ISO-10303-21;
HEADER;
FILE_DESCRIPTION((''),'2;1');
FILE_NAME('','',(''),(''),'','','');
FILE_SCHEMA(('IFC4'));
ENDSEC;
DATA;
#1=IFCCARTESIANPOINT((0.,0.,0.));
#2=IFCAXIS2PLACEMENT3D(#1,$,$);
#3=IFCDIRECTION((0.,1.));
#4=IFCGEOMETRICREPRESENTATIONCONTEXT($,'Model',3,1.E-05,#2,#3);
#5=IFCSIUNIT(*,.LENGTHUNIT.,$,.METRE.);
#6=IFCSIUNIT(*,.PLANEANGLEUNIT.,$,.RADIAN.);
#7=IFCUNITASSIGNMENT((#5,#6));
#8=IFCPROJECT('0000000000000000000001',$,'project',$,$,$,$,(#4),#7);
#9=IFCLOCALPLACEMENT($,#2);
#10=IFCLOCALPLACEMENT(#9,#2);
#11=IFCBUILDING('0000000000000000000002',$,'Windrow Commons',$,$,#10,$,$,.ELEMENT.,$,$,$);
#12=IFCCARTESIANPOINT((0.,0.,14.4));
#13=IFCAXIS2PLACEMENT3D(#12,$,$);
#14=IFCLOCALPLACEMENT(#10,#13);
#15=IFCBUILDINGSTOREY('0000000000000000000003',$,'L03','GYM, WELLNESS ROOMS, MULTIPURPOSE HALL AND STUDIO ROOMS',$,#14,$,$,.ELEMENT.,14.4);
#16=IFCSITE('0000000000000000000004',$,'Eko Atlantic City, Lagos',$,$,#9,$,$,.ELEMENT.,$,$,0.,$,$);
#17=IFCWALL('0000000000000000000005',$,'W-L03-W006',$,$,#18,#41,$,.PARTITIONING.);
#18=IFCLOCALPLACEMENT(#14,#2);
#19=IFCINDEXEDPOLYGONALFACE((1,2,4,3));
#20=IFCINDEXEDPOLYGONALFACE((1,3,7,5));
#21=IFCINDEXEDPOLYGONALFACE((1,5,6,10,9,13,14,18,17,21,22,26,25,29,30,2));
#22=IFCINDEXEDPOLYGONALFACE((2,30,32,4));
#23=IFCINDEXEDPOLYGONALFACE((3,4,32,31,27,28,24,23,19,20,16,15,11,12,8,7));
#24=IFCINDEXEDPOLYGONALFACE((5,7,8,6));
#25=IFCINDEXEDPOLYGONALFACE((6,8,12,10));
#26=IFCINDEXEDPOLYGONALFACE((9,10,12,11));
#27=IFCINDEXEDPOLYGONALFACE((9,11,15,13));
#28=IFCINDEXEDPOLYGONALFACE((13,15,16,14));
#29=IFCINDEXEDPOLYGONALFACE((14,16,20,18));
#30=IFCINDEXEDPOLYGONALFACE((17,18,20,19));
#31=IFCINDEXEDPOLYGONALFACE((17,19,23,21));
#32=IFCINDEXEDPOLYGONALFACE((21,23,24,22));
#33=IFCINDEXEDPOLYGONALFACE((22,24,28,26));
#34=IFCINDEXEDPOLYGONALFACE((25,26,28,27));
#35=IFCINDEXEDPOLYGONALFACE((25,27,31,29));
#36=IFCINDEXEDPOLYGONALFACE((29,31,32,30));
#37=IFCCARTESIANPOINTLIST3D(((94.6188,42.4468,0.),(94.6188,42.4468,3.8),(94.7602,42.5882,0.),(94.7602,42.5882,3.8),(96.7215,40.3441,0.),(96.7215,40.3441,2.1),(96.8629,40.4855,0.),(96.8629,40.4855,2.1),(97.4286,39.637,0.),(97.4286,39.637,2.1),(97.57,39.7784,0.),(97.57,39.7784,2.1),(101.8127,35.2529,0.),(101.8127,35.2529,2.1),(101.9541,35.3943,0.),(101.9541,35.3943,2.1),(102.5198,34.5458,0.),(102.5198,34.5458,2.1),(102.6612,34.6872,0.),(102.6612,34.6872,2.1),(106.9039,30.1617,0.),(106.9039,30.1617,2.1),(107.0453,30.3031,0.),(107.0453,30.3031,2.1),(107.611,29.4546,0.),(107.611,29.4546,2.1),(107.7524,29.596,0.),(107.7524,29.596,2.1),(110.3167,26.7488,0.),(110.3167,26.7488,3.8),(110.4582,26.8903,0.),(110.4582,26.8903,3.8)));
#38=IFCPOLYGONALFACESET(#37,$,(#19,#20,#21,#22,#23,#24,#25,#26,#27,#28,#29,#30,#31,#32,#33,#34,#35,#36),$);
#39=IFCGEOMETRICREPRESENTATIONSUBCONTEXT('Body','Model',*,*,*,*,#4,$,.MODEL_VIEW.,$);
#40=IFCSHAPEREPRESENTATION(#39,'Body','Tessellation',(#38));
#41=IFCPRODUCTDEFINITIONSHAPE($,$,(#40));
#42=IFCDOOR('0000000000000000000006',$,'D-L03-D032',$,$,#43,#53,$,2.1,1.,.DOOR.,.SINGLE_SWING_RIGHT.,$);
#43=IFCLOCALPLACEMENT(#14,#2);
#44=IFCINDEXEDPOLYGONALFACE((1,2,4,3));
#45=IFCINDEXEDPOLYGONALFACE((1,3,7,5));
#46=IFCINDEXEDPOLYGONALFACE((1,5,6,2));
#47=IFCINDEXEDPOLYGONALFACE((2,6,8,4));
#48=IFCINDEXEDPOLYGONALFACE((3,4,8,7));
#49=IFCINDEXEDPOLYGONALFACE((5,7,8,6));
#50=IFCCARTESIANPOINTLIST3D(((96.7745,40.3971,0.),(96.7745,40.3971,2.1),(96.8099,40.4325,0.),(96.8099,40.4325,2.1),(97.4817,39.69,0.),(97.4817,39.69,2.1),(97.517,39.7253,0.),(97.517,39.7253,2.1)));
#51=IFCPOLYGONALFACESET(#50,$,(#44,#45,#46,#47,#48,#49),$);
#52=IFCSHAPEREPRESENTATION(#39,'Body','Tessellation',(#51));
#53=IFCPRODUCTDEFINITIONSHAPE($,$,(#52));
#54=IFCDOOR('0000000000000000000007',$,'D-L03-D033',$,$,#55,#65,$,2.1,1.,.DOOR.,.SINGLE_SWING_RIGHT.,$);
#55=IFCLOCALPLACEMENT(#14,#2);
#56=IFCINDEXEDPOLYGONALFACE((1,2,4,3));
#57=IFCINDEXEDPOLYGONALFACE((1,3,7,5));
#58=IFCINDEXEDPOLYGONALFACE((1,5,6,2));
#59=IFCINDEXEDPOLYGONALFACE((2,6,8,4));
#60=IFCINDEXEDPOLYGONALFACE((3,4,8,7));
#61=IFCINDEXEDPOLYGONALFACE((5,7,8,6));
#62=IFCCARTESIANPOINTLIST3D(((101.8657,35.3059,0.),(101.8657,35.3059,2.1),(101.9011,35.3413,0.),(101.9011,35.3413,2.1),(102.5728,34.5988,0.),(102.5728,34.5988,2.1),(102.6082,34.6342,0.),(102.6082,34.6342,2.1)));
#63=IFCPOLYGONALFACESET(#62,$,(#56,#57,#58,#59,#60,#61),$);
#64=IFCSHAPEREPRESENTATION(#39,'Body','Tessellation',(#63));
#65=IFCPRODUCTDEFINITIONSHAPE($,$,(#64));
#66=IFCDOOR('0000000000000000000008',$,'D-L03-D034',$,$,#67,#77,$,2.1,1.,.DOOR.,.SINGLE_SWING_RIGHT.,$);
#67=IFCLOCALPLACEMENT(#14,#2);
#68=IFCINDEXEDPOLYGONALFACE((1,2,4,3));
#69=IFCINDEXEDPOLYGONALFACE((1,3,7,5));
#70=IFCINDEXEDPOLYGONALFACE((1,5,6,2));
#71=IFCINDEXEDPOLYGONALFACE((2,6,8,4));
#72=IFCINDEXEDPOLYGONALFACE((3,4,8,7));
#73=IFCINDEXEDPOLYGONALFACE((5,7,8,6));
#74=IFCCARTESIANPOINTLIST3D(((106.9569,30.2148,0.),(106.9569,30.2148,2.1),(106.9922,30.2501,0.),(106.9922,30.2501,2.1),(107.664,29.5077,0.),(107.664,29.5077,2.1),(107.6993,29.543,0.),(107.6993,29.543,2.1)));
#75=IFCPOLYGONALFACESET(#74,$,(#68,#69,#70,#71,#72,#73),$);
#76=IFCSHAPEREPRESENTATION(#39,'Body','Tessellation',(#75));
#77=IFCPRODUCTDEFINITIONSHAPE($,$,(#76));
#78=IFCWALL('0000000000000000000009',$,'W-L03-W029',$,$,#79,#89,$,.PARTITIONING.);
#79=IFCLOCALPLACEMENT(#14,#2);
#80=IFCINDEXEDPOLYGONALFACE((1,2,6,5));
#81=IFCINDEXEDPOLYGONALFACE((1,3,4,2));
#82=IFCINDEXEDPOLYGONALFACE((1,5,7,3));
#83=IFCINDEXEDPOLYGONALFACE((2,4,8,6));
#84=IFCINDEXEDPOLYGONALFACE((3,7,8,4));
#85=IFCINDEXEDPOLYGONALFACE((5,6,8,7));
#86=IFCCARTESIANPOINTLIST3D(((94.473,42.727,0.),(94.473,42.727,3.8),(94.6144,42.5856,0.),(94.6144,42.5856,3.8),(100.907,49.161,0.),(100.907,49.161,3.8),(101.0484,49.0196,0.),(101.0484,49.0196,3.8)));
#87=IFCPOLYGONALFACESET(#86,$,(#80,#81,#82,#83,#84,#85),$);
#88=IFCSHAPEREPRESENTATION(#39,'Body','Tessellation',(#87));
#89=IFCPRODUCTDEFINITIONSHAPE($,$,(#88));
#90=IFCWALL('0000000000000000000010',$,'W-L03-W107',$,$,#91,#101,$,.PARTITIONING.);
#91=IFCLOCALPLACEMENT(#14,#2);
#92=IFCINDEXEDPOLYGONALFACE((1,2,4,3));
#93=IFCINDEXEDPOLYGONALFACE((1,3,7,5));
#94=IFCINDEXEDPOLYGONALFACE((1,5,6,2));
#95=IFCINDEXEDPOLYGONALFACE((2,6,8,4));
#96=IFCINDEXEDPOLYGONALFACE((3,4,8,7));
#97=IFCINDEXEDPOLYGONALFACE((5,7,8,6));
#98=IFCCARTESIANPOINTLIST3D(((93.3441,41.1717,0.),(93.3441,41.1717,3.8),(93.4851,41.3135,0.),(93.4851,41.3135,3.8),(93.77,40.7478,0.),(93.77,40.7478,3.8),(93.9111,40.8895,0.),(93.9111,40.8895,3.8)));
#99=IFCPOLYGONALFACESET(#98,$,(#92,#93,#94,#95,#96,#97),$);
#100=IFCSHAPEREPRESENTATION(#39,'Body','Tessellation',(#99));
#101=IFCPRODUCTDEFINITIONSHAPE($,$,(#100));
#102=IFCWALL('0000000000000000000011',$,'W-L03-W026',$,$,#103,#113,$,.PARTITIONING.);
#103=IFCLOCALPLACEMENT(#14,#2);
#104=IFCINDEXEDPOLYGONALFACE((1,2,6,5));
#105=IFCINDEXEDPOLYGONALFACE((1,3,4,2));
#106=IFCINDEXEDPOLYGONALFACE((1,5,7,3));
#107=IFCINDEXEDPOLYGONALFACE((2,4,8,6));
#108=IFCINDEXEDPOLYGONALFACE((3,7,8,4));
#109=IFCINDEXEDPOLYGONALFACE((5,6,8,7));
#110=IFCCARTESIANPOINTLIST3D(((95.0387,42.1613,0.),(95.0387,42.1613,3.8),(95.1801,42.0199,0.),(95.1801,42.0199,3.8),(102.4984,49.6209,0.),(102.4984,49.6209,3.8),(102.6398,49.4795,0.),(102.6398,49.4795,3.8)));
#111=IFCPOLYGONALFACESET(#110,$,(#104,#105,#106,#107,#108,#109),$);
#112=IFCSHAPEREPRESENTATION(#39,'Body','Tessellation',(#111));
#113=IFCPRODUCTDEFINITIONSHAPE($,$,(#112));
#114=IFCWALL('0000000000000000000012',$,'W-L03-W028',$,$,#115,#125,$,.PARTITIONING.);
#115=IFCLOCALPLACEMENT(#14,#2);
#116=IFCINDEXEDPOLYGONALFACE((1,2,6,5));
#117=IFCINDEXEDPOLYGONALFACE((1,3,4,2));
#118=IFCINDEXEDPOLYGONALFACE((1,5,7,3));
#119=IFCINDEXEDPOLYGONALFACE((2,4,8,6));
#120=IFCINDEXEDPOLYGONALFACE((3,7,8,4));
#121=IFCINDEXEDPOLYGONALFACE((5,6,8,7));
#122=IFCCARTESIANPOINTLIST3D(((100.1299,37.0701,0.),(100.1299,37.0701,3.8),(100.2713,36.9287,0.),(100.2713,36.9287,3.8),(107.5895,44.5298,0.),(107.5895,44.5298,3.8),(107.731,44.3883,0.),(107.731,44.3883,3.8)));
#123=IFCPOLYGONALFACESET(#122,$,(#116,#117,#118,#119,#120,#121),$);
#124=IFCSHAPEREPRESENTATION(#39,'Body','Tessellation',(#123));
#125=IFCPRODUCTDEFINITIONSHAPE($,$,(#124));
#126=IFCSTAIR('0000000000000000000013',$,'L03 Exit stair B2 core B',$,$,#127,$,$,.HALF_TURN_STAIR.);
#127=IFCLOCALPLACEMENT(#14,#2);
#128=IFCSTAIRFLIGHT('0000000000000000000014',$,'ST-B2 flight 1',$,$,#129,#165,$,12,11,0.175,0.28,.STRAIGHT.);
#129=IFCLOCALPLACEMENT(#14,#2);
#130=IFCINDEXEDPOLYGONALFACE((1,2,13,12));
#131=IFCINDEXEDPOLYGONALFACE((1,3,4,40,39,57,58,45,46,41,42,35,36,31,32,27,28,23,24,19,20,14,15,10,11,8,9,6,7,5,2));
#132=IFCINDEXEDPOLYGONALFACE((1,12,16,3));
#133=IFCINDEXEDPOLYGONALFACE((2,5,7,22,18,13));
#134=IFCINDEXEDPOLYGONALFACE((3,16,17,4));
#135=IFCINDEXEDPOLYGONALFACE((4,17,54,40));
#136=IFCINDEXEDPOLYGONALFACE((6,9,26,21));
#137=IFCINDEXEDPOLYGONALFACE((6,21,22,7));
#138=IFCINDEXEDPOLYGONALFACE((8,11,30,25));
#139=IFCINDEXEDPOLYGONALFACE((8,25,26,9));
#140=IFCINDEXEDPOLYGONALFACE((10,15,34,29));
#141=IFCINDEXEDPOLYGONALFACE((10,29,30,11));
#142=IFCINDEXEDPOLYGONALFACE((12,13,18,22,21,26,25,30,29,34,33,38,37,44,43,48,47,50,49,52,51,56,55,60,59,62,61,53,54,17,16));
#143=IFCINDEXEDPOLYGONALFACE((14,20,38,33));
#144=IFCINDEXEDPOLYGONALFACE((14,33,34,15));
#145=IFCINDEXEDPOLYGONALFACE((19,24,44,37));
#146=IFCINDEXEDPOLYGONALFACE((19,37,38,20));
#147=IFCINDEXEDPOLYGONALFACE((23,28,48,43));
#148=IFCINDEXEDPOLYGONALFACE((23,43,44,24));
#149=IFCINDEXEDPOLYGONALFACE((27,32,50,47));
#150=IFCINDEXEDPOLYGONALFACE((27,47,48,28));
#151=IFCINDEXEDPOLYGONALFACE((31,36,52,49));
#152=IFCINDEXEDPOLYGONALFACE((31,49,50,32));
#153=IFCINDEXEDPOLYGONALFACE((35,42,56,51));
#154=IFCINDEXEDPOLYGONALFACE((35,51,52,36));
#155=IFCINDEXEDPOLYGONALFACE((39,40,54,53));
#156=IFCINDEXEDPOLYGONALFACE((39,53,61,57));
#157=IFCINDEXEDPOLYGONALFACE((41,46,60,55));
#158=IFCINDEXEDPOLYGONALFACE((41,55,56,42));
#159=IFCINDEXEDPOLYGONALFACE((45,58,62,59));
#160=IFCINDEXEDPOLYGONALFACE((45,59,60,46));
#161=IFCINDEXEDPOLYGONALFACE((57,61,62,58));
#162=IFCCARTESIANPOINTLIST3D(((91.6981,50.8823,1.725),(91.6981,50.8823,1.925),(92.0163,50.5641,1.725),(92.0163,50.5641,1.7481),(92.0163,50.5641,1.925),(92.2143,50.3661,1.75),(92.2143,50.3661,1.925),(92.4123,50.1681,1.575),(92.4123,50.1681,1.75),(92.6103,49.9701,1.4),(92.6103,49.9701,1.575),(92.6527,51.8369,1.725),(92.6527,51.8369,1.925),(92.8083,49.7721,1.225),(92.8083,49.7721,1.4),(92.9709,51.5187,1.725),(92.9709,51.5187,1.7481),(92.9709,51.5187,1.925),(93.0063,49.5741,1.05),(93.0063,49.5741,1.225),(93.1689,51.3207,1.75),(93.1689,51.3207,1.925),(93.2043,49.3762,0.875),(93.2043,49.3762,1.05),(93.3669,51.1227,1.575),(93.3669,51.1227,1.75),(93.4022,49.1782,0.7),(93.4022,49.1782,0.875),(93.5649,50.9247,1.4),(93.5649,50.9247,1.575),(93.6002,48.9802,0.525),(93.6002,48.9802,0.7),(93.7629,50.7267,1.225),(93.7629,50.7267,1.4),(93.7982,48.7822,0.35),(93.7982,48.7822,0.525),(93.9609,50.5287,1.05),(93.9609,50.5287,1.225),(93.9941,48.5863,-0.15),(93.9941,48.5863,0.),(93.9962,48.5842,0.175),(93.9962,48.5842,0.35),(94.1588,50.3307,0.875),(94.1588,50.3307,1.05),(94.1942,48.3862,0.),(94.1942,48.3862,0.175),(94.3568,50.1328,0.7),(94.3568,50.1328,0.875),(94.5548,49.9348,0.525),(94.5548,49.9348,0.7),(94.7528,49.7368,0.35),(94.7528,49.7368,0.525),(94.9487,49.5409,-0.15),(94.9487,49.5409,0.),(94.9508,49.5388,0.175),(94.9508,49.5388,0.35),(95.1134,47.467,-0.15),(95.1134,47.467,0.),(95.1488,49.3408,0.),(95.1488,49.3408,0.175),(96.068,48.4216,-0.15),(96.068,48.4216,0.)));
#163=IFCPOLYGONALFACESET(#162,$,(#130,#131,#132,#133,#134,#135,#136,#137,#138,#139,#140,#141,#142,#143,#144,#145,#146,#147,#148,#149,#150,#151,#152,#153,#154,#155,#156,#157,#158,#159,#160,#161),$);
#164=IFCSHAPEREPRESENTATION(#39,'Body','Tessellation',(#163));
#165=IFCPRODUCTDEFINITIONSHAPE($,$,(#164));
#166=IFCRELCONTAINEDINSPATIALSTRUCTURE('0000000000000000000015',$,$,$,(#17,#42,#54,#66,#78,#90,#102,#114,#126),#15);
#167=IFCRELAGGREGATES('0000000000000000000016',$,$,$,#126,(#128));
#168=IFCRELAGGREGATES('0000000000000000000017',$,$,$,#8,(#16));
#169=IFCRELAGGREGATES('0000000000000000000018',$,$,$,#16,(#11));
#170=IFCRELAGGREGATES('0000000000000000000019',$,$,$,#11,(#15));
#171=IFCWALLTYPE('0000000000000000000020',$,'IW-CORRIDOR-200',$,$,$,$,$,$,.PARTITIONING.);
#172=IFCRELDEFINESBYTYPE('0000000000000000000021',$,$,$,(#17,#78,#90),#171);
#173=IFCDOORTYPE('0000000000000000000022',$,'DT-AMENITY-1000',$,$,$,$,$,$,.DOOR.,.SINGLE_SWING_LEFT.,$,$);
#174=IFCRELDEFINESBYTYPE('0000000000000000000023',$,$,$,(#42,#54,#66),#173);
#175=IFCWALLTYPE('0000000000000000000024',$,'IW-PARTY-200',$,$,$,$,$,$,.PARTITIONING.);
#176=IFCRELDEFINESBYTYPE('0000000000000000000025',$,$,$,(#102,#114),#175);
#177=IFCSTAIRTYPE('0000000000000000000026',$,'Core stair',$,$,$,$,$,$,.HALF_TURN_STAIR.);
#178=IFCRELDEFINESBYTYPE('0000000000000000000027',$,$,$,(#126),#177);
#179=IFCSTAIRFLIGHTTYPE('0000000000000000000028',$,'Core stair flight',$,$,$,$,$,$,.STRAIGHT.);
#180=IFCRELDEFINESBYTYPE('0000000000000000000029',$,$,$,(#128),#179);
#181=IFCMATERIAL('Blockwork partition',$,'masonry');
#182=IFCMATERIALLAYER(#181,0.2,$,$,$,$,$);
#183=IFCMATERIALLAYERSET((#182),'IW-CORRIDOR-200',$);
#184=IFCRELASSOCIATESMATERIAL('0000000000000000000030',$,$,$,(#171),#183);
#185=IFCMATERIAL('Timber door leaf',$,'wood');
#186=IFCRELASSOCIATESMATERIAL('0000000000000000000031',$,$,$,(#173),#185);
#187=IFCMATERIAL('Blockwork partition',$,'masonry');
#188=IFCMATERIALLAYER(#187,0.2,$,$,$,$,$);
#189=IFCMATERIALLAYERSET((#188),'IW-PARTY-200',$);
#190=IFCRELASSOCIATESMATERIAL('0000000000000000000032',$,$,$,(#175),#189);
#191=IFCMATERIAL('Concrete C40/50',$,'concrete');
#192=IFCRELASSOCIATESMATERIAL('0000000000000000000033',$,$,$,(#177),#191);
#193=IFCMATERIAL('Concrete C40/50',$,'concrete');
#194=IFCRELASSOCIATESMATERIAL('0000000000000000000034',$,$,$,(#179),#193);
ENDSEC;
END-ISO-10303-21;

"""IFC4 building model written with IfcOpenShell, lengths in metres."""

from ifc_helpers import new_model, si_unit, direction, frame, frame_2d, origin, place, context, subcontext, project, spatial, polyline, rectangle, outline, extrude, material, layer, layer_set, type_object, element, fill, aggregate, save


model = new_model("IFC4")

# Units and contexts
model_context = context("Model", 3, precision=1e-05, world=origin(), true_north=direction((0.0, 1.0)))
body_context = subcontext(model_context, "Body", "Model", "MODEL_VIEW")
ifc_project = project(units=[si_unit("LENGTHUNIT", "METRE"), si_unit("PLANEANGLEUNIT", "RADIAN")], contexts=[model_context])

# Site, building, storey
site_placement = place(None, origin())
site = spatial("IfcSite", under=ifc_project, at=site_placement, Name="Eko Atlantic City, Lagos", CompositionType="ELEMENT", RefElevation=0.0)
building_placement = place(site_placement, origin())
building = spatial("IfcBuilding", under=site, at=building_placement, Name="Windrow Commons", CompositionType="ELEMENT")
storey_placement = place(building_placement, frame((0.0, 0.0, 14.4)))
storey = spatial("IfcBuildingStorey", under=building, at=storey_placement, Name="L03", Description="GYM, WELLNESS ROOMS, MULTIPURPOSE HALL AND STUDIO ROOMS", CompositionType="ELEMENT", Elevation=14.4)

# Wall, openings, doors
ifc_material_1 = material(Name="Blockwork partition", Category="masonry")
ifc_layer_1 = layer(ifc_material_1, 0.2)
ifc_layer_set_1 = layer_set([ifc_layer_1], Name="IW-CORRIDOR-200")
wall_type_1 = type_object("IfcWallType", Name="IW-CORRIDOR-200", PredefinedType="PARTITIONING", material=ifc_layer_set_1)
ifc_material_2 = material(Name="Timber door leaf", Category="wood")
door_type = type_object("IfcDoorType", Name="DT-AMENITY-1000", OperationType="SINGLE_SWING_LEFT", PredefinedType="DOOR", material=ifc_material_2)
wall_1_placement = place(storey_placement, frame((94.6895, 42.5175, 0.0), z_axis=(0.0, 0.0, 1.0), x_axis=(0.707107, -0.707107, 0.0)))
wall_1 = element("IfcWall", 1, at=wall_1_placement, inside=storey, type_object=wall_type_1, Name="W-L03-W006", PredefinedType="PARTITIONING", context=body_context, shape_type="SweptSolid", body=[
    extrude(rectangle(XDim=22.2003, YDim=0.2, at=frame_2d((11.1001, 0.0))), origin(), (0.0, 0.0, 1.0), 3.8),
])
opening_1_placement = place(wall_1_placement, frame((2.9737, 0.0, 0.0)))
opening_1 = element("IfcOpeningElement", 2, at=opening_1_placement, cuts=wall_1, PredefinedType="OPENING", context=body_context, shape_type="SweptSolid", body=[
    extrude(rectangle(XDim=1.0, YDim=2.1, at=frame_2d((0.5, 1.05))), frame((0.0, 0.11, 0.0), z_axis=(0.0, -1.0, 0.0), x_axis=(1.0, 0.0, 0.0)), (0.0, 0.0, 1.0), 0.22),
])
opening_2_placement = place(wall_1_placement, frame((10.1737, 0.0, 0.0)))
opening_2 = element("IfcOpeningElement", 3, at=opening_2_placement, cuts=wall_1, PredefinedType="OPENING", context=body_context, shape_type="SweptSolid", body=[
    extrude(rectangle(XDim=1.0, YDim=2.1, at=frame_2d((0.5, 1.05))), frame((0.0, 0.11, 0.0), z_axis=(0.0, -1.0, 0.0), x_axis=(1.0, 0.0, 0.0)), (0.0, 0.0, 1.0), 0.22),
])
opening_3_placement = place(wall_1_placement, frame((17.3737, 0.0, 0.0)))
opening_3 = element("IfcOpeningElement", 4, at=opening_3_placement, cuts=wall_1, PredefinedType="OPENING", context=body_context, shape_type="SweptSolid", body=[
    extrude(rectangle(XDim=1.0, YDim=2.1, at=frame_2d((0.5, 1.05))), frame((0.0, 0.11, 0.0), z_axis=(0.0, -1.0, 0.0), x_axis=(1.0, 0.0, 0.0)), (0.0, 0.0, 1.0), 0.22),
])
door_1_placement = place(opening_1_placement, origin())
door_1 = element("IfcDoor", 5, at=door_1_placement, inside=storey, type_object=door_type, Name="D-L03-D032", OperationType="SINGLE_SWING_RIGHT", OverallHeight=2.1, OverallWidth=1.0, PredefinedType="DOOR", context=body_context, shape_type="SweptSolid", body=[
    extrude(rectangle(XDim=1.0, YDim=2.1, at=frame_2d((0.5, 1.05))), frame((0.0, 0.025, 0.0), z_axis=(0.0, -1.0, 0.0), x_axis=(1.0, 0.0, 0.0)), (0.0, 0.0, 1.0), 0.05),
])
fill(opening_1, door_1)
door_2_placement = place(opening_2_placement, origin())
door_2 = element("IfcDoor", 6, at=door_2_placement, inside=storey, type_object=door_type, Name="D-L03-D033", OperationType="SINGLE_SWING_RIGHT", OverallHeight=2.1, OverallWidth=1.0, PredefinedType="DOOR", context=body_context, shape_type="SweptSolid", body=[
    extrude(rectangle(XDim=1.0, YDim=2.1, at=frame_2d((0.5, 1.05))), frame((0.0, 0.025, 0.0), z_axis=(0.0, -1.0, 0.0), x_axis=(1.0, 0.0, 0.0)), (0.0, 0.0, 1.0), 0.05),
])
fill(opening_2, door_2)
door_3_placement = place(opening_3_placement, origin())
door_3 = element("IfcDoor", 7, at=door_3_placement, inside=storey, type_object=door_type, Name="D-L03-D034", OperationType="SINGLE_SWING_RIGHT", OverallHeight=2.1, OverallWidth=1.0, PredefinedType="DOOR", context=body_context, shape_type="SweptSolid", body=[
    extrude(rectangle(XDim=1.0, YDim=2.1, at=frame_2d((0.5, 1.05))), frame((0.0, 0.025, 0.0), z_axis=(0.0, -1.0, 0.0), x_axis=(1.0, 0.0, 0.0)), (0.0, 0.0, 1.0), 0.05),
])
fill(opening_3, door_3)

# Walls
wall_2_placement = place(storey_placement, frame((94.5437, 42.6563, 0.0), z_axis=(0.0, 0.0, 1.0), x_axis=(0.707107, 0.707107, 0.0)))
element("IfcWall", 8, at=wall_2_placement, inside=storey, type_object=wall_type_1, Name="W-L03-W029", PredefinedType="PARTITIONING", context=body_context, shape_type="SweptSolid", body=[
    extrude(rectangle(XDim=9.0991, YDim=0.2, at=frame_2d((4.5495, 0.0))), origin(), (0.0, 0.0, 1.0), 3.8),
])
wall_3_placement = place(storey_placement, frame((93.4146, 41.2426, 0.0), z_axis=(0.0, 0.0, 1.0), x_axis=(0.708769, -0.705441, 0.0)))
element("IfcWall", 9, at=wall_3_placement, inside=storey, type_object=wall_type_1, Name="W-L03-W107", PredefinedType="PARTITIONING", context=body_context, shape_type="SweptSolid", body=[
    extrude(rectangle(XDim=0.601, YDim=0.2, at=frame_2d((0.3005, 0.0))), origin(), (0.0, 0.0, 1.0), 3.8),
])
ifc_material_3 = material(Name="Blockwork partition", Category="masonry")
ifc_layer_2 = layer(ifc_material_3, 0.2)
ifc_layer_set_2 = layer_set([ifc_layer_2], Name="IW-PARTY-200")
wall_type_2 = type_object("IfcWallType", Name="IW-PARTY-200", PredefinedType="PARTITIONING", material=ifc_layer_set_2)
for number, where, z_axis, x_axis, name in (
    (10, (95.1094, 42.0906, 0.0), (0.0, 0.0, 1.0), (0.707112, 0.707102, 0.0), "W-L03-W026"),
    (11, (100.2006, 36.9994, 0.0), (0.0, 0.0, 1.0), (0.707107, 0.707107, 0.0), "W-L03-W028"),
):
    element("IfcWall", number, at=place(storey_placement, frame(where, z_axis=z_axis, x_axis=x_axis)), inside=storey, type_object=wall_type_2, Name=name, PredefinedType="PARTITIONING", context=body_context, shape_type="SweptSolid", body=[
        extrude(rectangle(XDim=10.5495, YDim=0.2, at=frame_2d((5.2748, 0.0))), origin(), (0.0, 0.0, 1.0), 3.8),
    ])

# Stair, stair flight
ifc_material_4 = material(Name="Concrete C40/50", Category="concrete")
stair_type = type_object("IfcStairType", Name="Core stair", PredefinedType="HALF_TURN_STAIR", material=ifc_material_4)
stair_placement = place(storey_placement, origin())
stair = element("IfcStair", 12, at=stair_placement, inside=storey, type_object=stair_type, Name="L03 Exit stair B2 core B", PredefinedType="HALF_TURN_STAIR")
ifc_material_5 = material(Name="Concrete C40/50", Category="concrete")
stair_flight_type = type_object("IfcStairFlightType", Name="Core stair flight", PredefinedType="STRAIGHT", material=ifc_material_5)
stair_flight_placement = place(storey_placement, frame((94.6715, 48.8635, 0.0), z_axis=(0.0, 0.0, 1.0), x_axis=(-0.707107, 0.707107, 0.0)))
stair_flight = element("IfcStairFlight", 13, at=stair_flight_placement, type_object=stair_flight_type, Name="ST-B2 flight 1", NumberOfRisers=12, NumberOfTreads=11, PredefinedType="STRAIGHT", RiserHeight=0.175, TreadLength=0.28, context=body_context, shape_type="SweptSolid", body=[
    extrude(outline(polyline([(-1.3, -0.15), (-1.3, 0.0), (0.0, 0.0), (0.0, 0.175), (0.28, 0.175), (0.28, 0.35), (0.56, 0.35), (0.56, 0.525), (0.84, 0.525), (0.84, 0.7), (1.12, 0.7), (1.12, 0.875), (1.4, 0.875), (1.4, 1.05), (1.68, 1.05), (1.68, 1.225), (1.96, 1.225), (1.96, 1.4), (2.24, 1.4), (2.24, 1.575), (2.52, 1.575), (2.52, 1.75), (2.8, 1.75), (2.8, 1.925), (3.08, 1.925), (3.53, 1.925), (3.53, 1.725), (3.08, 1.725), (3.08, 1.7481), (0.283, 0.0), (0.283, -0.15), (-1.3, -0.15)])), frame((0.0, 0.675, 0.0), z_axis=(0.0, -1.0, 0.0), x_axis=(1.0, 0.0, 0.0)), (0.0, 0.0, 1.0), 1.35),
])
aggregate(stair, [stair_flight])

save(model, "model.ifc")
